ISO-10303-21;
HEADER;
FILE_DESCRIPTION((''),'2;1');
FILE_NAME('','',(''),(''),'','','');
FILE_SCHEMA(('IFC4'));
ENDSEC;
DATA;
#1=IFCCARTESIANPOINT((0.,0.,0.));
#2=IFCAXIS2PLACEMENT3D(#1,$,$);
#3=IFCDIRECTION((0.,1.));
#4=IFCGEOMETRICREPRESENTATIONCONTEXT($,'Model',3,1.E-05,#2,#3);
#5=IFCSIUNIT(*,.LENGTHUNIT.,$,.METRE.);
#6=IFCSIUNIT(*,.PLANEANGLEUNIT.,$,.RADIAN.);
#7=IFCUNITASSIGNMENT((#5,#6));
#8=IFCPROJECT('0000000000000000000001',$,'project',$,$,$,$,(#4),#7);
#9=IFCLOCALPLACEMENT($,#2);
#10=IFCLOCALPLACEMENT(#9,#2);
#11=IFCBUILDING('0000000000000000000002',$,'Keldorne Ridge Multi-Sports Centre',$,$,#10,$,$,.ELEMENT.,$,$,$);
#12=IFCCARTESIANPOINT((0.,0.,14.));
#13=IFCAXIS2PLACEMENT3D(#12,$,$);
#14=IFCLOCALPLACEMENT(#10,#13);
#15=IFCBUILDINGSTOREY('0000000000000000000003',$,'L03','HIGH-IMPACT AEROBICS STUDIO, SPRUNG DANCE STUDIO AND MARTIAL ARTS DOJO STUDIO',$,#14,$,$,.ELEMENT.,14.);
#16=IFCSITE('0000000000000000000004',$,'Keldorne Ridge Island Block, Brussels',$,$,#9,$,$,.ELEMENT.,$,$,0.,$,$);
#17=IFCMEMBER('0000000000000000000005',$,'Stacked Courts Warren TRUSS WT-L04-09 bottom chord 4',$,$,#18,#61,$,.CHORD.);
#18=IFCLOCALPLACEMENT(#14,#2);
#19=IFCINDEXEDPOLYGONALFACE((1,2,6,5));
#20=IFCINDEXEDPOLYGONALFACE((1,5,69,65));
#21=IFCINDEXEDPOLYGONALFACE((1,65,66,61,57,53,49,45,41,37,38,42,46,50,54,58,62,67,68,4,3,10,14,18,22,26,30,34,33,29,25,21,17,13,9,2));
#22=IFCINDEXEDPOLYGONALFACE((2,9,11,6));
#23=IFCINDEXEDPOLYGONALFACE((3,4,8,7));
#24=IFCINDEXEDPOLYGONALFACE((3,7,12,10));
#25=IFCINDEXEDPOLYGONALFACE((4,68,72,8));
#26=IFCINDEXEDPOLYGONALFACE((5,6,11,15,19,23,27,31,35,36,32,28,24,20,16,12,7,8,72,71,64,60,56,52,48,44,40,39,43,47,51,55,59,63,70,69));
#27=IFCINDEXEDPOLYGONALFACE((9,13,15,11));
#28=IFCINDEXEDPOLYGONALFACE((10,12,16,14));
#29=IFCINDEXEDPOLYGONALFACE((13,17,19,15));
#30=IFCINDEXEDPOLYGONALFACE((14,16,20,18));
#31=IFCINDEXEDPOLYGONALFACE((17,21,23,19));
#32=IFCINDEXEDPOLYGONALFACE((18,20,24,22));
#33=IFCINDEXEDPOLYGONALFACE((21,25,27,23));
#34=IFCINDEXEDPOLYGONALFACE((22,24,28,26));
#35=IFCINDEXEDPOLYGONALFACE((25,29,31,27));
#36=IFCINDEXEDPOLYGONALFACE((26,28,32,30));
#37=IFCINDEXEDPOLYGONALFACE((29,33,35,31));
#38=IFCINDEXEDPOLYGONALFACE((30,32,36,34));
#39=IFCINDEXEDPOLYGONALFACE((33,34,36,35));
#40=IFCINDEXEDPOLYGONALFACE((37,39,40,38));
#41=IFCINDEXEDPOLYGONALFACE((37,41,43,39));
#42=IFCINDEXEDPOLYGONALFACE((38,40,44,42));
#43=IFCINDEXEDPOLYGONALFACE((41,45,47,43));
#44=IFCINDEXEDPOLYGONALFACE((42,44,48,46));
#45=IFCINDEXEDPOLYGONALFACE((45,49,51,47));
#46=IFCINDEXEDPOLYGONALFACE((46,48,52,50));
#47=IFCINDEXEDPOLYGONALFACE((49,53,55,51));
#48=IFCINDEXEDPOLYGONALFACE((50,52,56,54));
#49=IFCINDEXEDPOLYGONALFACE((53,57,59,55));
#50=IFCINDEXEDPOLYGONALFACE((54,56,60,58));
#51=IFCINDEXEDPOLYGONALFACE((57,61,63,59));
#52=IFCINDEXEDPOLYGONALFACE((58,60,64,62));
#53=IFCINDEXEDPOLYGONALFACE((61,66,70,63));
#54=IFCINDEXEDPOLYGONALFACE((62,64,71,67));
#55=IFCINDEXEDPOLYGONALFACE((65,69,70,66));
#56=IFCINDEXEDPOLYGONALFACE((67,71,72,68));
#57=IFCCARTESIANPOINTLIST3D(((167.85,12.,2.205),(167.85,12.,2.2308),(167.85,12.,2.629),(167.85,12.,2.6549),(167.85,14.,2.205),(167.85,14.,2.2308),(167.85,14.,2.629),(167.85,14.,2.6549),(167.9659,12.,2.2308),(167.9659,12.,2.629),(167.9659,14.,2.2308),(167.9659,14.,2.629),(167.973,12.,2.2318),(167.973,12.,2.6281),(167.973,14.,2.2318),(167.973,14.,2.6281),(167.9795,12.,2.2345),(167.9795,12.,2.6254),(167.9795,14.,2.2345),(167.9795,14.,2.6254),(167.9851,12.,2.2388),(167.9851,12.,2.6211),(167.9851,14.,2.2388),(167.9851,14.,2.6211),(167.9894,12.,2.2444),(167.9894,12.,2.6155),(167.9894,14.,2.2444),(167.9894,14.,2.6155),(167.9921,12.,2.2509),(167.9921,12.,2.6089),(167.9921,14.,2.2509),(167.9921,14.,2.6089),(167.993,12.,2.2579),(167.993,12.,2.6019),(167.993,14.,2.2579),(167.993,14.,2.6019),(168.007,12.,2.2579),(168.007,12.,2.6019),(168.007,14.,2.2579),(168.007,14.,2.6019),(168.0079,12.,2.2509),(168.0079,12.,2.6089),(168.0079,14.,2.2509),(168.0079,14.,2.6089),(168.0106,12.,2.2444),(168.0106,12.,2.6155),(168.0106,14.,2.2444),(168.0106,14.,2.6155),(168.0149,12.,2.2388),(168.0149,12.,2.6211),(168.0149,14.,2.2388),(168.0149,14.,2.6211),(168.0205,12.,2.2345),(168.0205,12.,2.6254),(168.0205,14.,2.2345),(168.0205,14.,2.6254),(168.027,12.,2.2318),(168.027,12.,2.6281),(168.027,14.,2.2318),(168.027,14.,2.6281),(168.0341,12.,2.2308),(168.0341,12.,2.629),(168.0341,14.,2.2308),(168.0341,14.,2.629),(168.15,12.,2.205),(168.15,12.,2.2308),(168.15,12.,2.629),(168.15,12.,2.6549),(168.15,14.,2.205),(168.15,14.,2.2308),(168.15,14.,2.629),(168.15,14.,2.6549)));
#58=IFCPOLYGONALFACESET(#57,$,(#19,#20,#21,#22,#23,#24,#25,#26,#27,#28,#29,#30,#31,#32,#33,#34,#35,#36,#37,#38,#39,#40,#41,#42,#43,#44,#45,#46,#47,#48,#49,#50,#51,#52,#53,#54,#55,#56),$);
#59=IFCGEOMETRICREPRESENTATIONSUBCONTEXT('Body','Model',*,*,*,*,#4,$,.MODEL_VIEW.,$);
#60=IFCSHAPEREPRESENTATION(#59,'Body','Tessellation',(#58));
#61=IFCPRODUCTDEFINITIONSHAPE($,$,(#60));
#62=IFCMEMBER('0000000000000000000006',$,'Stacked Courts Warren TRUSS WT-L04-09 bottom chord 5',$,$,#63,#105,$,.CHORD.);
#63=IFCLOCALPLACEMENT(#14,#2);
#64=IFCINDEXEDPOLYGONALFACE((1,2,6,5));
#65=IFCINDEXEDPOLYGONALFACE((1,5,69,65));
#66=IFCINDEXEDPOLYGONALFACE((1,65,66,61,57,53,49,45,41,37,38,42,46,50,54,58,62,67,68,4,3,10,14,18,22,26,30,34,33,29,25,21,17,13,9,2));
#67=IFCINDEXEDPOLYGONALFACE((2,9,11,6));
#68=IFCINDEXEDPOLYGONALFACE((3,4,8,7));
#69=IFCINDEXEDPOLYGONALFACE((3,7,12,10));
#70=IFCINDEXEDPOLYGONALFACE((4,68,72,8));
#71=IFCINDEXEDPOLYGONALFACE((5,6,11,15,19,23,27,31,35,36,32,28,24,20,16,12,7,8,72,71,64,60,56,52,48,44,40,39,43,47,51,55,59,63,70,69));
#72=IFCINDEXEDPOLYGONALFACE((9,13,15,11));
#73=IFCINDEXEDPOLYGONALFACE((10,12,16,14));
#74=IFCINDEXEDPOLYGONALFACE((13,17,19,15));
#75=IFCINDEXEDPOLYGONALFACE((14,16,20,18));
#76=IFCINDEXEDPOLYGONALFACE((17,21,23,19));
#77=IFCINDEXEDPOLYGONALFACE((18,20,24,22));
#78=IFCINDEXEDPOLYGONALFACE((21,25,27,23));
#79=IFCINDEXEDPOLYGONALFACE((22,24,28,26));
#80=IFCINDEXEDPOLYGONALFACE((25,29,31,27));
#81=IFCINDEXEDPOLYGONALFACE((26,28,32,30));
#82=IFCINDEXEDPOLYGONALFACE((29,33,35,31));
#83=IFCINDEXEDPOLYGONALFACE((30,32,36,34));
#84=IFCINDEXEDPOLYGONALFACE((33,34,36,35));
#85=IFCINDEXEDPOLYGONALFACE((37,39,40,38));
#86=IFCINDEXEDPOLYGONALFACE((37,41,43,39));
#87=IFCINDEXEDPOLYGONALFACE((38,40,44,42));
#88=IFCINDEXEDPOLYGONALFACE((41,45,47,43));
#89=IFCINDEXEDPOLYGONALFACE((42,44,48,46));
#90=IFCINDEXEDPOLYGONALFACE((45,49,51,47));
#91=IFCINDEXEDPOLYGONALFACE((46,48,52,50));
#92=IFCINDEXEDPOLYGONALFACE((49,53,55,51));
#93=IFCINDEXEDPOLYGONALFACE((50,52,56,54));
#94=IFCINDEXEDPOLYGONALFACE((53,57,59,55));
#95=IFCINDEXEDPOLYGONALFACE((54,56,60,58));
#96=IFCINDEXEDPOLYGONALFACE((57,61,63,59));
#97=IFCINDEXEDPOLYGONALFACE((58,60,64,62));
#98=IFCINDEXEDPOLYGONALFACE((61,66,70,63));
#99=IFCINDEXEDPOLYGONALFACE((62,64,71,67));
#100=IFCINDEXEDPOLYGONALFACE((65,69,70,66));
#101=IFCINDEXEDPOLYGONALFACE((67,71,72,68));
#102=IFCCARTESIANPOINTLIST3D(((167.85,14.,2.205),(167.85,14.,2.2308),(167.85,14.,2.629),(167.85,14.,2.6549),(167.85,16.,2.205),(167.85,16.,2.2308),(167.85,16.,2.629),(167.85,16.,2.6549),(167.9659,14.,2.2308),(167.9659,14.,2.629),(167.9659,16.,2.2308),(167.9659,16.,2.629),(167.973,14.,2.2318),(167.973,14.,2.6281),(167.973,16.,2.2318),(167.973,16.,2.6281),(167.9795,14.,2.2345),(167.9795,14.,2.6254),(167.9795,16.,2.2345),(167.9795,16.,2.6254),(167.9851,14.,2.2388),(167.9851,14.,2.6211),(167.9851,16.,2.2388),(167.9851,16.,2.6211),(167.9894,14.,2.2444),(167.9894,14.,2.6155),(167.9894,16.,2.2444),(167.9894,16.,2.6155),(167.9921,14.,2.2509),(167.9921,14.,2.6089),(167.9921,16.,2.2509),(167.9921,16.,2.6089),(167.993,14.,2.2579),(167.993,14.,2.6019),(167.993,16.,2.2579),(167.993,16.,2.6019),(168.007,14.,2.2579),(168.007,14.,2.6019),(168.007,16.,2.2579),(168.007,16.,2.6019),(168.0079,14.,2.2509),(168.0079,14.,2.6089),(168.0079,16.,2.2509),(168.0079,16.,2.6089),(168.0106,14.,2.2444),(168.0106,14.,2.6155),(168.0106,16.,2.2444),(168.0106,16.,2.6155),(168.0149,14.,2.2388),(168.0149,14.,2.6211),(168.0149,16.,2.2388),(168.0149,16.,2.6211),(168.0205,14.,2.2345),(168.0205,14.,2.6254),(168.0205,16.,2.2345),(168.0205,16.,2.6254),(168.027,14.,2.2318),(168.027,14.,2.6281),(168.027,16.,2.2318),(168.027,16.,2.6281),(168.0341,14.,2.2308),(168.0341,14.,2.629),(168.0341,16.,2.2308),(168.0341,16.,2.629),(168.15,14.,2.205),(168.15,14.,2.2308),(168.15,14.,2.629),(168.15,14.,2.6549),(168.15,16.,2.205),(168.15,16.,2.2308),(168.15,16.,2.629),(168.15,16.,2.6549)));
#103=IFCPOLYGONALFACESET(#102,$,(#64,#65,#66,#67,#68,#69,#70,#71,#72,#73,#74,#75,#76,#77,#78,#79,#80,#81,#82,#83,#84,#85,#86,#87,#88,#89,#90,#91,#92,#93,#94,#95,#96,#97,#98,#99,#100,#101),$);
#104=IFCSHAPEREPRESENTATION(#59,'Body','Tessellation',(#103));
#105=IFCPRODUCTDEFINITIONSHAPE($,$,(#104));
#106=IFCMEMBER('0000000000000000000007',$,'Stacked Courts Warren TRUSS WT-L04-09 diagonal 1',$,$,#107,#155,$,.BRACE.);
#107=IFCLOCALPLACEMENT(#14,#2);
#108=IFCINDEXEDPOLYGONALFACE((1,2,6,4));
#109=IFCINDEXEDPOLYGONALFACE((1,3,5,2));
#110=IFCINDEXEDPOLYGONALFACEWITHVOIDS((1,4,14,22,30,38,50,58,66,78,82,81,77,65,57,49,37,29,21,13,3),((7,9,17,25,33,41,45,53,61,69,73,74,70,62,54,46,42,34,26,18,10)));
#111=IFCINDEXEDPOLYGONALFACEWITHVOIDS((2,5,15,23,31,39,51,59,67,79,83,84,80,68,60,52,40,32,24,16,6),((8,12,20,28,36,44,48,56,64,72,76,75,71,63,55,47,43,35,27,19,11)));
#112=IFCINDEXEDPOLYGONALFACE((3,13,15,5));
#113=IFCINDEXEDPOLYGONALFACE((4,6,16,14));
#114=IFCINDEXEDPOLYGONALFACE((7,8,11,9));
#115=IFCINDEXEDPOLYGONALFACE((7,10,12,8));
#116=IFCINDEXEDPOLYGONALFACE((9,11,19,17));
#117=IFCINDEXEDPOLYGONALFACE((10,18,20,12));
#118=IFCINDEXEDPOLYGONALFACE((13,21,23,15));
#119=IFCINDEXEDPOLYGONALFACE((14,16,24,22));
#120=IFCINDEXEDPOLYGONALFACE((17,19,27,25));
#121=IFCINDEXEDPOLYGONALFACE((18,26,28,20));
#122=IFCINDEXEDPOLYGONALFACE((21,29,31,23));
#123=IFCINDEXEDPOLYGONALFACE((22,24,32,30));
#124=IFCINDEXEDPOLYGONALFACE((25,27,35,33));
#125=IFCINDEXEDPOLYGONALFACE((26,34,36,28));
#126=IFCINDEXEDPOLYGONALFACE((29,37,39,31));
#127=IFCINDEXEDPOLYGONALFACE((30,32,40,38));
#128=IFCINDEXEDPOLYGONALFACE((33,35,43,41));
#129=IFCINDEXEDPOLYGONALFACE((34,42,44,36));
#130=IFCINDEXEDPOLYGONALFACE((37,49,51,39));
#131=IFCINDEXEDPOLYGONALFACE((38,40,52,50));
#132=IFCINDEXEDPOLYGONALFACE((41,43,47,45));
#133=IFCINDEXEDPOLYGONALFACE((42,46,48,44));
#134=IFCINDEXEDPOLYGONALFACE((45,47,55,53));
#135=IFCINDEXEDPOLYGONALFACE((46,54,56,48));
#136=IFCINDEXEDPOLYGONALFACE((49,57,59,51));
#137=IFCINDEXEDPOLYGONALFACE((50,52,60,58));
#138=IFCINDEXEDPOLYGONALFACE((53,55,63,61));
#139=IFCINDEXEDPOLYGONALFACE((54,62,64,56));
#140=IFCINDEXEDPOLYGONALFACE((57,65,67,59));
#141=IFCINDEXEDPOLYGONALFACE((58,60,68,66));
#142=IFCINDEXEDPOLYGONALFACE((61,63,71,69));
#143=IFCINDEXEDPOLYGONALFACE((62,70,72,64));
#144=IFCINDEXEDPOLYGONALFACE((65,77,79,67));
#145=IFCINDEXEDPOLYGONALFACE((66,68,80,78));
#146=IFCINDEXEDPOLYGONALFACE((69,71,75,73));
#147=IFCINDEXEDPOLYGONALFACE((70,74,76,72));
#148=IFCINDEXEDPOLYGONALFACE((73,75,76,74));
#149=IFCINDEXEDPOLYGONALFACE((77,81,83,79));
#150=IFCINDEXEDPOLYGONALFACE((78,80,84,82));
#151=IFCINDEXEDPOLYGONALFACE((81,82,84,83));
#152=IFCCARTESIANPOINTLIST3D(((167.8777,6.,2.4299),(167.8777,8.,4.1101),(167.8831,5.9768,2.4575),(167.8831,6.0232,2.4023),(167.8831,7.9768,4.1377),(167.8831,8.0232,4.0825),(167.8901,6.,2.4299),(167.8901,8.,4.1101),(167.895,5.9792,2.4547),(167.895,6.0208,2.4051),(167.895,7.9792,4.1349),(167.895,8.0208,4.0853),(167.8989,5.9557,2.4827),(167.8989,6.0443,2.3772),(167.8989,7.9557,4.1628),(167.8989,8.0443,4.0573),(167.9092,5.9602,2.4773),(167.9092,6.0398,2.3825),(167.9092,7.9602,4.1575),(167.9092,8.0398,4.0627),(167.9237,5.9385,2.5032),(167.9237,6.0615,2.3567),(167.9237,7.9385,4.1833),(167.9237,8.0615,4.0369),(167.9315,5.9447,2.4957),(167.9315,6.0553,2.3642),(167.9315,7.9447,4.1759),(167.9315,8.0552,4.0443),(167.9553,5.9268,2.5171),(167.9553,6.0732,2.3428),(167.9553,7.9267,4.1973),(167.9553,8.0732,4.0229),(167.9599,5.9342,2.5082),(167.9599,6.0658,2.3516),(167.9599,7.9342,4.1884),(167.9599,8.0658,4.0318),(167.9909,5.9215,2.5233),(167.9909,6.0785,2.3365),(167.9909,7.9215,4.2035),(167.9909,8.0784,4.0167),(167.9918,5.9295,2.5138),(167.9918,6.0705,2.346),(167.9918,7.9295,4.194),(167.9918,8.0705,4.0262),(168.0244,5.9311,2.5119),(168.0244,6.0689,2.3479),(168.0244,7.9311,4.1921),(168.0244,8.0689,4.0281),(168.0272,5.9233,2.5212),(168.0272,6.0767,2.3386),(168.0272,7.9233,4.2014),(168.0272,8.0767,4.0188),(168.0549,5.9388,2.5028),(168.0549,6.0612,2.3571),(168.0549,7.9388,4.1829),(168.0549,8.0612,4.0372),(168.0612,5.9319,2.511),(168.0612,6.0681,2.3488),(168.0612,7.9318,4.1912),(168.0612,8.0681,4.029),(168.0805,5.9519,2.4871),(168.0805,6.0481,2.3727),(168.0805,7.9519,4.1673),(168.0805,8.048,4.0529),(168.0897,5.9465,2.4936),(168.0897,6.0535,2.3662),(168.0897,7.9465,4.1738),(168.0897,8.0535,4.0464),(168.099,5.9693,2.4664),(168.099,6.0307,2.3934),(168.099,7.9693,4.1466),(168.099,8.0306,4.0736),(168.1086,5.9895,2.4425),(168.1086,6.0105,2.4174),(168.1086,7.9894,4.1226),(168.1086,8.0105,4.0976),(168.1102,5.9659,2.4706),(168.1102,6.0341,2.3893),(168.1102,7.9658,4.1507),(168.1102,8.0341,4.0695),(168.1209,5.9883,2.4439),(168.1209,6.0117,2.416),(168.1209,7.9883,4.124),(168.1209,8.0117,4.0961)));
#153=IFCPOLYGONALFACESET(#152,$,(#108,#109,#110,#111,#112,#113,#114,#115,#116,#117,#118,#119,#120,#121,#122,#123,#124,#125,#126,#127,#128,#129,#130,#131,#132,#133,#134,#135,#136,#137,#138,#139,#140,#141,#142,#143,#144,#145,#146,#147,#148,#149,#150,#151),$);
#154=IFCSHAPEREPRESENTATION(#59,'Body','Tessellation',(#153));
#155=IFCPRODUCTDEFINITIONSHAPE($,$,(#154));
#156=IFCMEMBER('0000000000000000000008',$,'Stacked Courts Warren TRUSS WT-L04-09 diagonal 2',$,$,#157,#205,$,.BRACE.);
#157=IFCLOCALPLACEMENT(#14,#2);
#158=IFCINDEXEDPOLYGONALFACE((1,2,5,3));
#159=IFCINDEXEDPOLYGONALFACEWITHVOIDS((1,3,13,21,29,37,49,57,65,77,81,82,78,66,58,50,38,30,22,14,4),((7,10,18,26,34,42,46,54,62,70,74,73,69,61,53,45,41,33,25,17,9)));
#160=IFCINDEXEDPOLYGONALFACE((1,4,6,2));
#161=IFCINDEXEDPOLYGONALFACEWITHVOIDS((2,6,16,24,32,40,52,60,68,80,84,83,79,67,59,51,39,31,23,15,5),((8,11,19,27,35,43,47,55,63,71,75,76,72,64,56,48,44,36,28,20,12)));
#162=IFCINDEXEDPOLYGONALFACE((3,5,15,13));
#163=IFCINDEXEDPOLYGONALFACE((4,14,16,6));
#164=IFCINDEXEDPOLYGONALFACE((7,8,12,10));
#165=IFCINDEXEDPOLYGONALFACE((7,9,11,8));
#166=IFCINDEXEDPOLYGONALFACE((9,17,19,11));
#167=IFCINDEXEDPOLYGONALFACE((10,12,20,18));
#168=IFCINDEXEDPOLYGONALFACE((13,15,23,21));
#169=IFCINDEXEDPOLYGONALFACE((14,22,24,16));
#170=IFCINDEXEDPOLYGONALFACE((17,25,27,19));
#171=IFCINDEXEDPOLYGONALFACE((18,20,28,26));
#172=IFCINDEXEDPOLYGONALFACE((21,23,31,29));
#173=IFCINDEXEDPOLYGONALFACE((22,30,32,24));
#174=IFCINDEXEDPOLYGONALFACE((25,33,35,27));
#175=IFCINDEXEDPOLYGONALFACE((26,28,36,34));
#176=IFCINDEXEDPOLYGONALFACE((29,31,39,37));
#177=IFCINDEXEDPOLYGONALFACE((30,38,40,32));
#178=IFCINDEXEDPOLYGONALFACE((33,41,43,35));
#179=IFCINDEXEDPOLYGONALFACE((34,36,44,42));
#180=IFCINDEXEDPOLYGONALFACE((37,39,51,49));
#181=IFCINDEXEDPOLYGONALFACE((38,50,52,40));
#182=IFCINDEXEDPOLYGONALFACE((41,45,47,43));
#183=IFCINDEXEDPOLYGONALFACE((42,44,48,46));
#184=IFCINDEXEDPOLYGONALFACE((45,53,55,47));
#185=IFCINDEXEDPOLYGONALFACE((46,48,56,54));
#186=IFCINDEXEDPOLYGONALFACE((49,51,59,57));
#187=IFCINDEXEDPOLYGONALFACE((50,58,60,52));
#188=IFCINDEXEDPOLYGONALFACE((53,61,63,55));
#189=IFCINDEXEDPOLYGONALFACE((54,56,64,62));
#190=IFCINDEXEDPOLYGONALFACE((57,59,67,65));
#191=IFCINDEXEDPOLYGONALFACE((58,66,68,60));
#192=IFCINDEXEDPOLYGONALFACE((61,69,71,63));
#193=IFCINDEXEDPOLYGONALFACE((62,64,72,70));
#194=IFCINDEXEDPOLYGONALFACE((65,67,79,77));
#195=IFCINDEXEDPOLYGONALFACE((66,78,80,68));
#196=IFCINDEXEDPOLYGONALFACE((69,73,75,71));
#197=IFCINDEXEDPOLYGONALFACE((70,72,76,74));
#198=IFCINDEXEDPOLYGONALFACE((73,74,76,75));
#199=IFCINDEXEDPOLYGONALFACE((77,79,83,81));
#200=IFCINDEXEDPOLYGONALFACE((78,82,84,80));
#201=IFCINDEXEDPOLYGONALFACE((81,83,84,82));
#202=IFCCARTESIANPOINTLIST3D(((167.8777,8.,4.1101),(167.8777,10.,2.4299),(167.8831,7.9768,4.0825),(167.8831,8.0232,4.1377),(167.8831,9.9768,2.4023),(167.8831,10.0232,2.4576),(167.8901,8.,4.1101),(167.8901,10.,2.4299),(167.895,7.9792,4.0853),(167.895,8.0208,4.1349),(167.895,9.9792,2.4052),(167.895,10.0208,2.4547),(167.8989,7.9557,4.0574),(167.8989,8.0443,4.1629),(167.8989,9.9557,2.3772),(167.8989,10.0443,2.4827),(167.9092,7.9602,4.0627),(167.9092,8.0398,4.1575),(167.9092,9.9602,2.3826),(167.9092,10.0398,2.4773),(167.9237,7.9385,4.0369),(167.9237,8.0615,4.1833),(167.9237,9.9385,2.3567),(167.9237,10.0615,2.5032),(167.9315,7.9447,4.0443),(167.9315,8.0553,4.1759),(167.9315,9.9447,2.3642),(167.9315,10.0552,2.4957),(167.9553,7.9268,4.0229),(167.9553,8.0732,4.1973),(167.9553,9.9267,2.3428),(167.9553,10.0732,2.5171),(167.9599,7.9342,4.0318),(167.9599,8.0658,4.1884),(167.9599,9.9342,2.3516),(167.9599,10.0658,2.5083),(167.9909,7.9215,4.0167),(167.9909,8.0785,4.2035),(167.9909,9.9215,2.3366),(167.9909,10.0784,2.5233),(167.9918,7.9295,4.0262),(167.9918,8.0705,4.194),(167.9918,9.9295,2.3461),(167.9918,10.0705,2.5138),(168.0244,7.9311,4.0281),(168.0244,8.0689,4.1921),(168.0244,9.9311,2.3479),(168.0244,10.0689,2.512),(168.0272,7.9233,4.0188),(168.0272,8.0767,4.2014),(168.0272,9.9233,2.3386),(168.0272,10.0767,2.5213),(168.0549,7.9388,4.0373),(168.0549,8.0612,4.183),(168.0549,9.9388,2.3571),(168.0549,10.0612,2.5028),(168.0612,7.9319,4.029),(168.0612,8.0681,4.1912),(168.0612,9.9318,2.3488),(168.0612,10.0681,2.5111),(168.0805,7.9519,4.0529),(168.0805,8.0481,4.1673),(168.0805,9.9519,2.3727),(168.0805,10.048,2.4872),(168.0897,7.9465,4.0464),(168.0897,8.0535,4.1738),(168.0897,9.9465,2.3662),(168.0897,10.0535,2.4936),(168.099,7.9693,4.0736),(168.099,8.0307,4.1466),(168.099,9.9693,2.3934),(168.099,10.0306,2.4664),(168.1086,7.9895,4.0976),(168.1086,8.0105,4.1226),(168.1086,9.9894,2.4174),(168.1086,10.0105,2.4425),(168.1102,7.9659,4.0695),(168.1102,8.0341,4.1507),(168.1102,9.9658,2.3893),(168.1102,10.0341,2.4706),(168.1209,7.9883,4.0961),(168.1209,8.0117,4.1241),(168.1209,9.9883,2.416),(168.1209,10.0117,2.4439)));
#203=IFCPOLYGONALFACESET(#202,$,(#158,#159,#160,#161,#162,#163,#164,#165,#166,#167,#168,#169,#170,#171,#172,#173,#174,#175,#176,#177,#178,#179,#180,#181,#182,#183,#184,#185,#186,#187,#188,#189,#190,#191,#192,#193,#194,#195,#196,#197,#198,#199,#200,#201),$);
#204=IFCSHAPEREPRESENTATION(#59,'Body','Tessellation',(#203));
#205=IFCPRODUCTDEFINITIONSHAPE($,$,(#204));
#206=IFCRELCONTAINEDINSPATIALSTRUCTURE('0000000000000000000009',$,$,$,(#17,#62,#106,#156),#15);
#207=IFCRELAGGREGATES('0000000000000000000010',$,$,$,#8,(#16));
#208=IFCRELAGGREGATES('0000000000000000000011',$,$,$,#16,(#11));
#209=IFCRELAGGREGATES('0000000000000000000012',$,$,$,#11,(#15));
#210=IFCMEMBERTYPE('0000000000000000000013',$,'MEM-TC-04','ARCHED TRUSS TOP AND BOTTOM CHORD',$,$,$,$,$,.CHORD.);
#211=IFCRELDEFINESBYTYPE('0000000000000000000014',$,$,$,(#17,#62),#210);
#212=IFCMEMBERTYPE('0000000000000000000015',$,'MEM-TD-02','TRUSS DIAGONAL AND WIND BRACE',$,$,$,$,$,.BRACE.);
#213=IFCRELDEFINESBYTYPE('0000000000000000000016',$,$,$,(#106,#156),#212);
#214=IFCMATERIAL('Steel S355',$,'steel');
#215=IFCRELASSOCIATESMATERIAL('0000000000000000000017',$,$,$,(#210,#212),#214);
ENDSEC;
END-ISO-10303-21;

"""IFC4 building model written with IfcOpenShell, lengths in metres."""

from ifc_helpers import new_model, si_unit, direction, frame, origin, origin_2d, place, context, subcontext, project, spatial, hollow_circle, i_section, extrude, material, material_profile, profile_set, type_object, element, save


model = new_model("IFC4")

# Units and contexts
model_context = context("Model", 3, precision=1e-05, world=origin(), true_north=direction((0.0, 1.0)))
body_context = subcontext(model_context, "Body", "Model", "MODEL_VIEW")
ifc_project = project(units=[si_unit("LENGTHUNIT", "METRE"), si_unit("PLANEANGLEUNIT", "RADIAN")], contexts=[model_context])

# Site, building, storey
site_placement = place(None, origin())
site = spatial("IfcSite", under=ifc_project, at=site_placement, Name="Keldorne Ridge Island Block, Brussels", CompositionType="ELEMENT", RefElevation=0.0)
building_placement = place(site_placement, origin())
building = spatial("IfcBuilding", under=site, at=building_placement, Name="Keldorne Ridge Multi-Sports Centre", CompositionType="ELEMENT")
storey_placement = place(building_placement, frame((0.0, 0.0, 14.0)))
storey = spatial("IfcBuildingStorey", under=building, at=storey_placement, Name="L03", Description="HIGH-IMPACT AEROBICS STUDIO, SPRUNG DANCE STUDIO AND MARTIAL ARTS DOJO STUDIO", CompositionType="ELEMENT", Elevation=14.0)

# Shared definitions
ifc_material_1 = material(Name="Steel S355", Category="steel")

# Members
ifc_material_profile_1 = material_profile(ifc_material_1, i_section(OverallWidth=0.3, OverallDepth=0.45, WebThickness=0.0139, FlangeThickness=0.0259, FilletRadius=0.0271, at=origin_2d()), Name="HEB 450")
ifc_profile_set_1 = profile_set([ifc_material_profile_1], Name="Steel S355")
member_type_1 = type_object("IfcMemberType", Name="MEM-TC-04", Description="ARCHED TRUSS TOP AND BOTTOM CHORD", PredefinedType="CHORD", material=ifc_profile_set_1)
for number, where, z_axis, x_axis, name in (
    (1, (168.0, 12.0, 2.4299), (0.0, 1.0, 0.0), (-1.0, 0.0, 0.0), "Stacked Courts Warren TRUSS WT-L04-09 bottom chord 4"),
    (2, (168.0, 14.0, 2.4299), (0.0, 1.0, 0.0), (-1.0, 0.0, 0.0), "Stacked Courts Warren TRUSS WT-L04-09 bottom chord 5"),
):
    element("IfcMember", number, at=place(storey_placement, frame(where, z_axis=z_axis, x_axis=x_axis)), inside=storey, type_object=member_type_1, Name=name, PredefinedType="CHORD", context=body_context, shape_type="SweptSolid", body=[
        extrude(i_section(OverallWidth=0.3, OverallDepth=0.45, WebThickness=0.0139, FlangeThickness=0.0259, FilletRadius=0.0271, at=origin_2d()), origin(), (0.0, 0.0, 1.0), 2.0),
    ])
ifc_material_profile_2 = material_profile(ifc_material_1, hollow_circle(Radius=0.1223, WallThickness=0.0125, at=origin_2d()), Name="CHS 244.5x12.5")
ifc_profile_set_2 = profile_set([ifc_material_profile_2], Name="Steel S355")
member_type_2 = type_object("IfcMemberType", Name="MEM-TD-02", Description="TRUSS DIAGONAL AND WIND BRACE", PredefinedType="BRACE", material=ifc_profile_set_2)
for number, where, z_axis, x_axis, name in (
    (3, (168.0, 6.0, 2.4299), (0.0, 0.765672, 0.643232), (-1.0, 0.0, 0.0), "Stacked Courts Warren TRUSS WT-L04-09 diagonal 1"),
    (4, (168.0, 8.0, 4.1101), (0.0, 0.765672, -0.643232), (-1.0, 0.0, 0.0), "Stacked Courts Warren TRUSS WT-L04-09 diagonal 2"),
):
    element("IfcMember", number, at=place(storey_placement, frame(where, z_axis=z_axis, x_axis=x_axis)), inside=storey, type_object=member_type_2, Name=name, PredefinedType="BRACE", context=body_context, shape_type="SweptSolid", body=[
        extrude(hollow_circle(Radius=0.1223, WallThickness=0.0125, at=origin_2d()), origin(), (0.0, 0.0, 1.0), 2.6121),
    ])

save(model, "model.ifc")
